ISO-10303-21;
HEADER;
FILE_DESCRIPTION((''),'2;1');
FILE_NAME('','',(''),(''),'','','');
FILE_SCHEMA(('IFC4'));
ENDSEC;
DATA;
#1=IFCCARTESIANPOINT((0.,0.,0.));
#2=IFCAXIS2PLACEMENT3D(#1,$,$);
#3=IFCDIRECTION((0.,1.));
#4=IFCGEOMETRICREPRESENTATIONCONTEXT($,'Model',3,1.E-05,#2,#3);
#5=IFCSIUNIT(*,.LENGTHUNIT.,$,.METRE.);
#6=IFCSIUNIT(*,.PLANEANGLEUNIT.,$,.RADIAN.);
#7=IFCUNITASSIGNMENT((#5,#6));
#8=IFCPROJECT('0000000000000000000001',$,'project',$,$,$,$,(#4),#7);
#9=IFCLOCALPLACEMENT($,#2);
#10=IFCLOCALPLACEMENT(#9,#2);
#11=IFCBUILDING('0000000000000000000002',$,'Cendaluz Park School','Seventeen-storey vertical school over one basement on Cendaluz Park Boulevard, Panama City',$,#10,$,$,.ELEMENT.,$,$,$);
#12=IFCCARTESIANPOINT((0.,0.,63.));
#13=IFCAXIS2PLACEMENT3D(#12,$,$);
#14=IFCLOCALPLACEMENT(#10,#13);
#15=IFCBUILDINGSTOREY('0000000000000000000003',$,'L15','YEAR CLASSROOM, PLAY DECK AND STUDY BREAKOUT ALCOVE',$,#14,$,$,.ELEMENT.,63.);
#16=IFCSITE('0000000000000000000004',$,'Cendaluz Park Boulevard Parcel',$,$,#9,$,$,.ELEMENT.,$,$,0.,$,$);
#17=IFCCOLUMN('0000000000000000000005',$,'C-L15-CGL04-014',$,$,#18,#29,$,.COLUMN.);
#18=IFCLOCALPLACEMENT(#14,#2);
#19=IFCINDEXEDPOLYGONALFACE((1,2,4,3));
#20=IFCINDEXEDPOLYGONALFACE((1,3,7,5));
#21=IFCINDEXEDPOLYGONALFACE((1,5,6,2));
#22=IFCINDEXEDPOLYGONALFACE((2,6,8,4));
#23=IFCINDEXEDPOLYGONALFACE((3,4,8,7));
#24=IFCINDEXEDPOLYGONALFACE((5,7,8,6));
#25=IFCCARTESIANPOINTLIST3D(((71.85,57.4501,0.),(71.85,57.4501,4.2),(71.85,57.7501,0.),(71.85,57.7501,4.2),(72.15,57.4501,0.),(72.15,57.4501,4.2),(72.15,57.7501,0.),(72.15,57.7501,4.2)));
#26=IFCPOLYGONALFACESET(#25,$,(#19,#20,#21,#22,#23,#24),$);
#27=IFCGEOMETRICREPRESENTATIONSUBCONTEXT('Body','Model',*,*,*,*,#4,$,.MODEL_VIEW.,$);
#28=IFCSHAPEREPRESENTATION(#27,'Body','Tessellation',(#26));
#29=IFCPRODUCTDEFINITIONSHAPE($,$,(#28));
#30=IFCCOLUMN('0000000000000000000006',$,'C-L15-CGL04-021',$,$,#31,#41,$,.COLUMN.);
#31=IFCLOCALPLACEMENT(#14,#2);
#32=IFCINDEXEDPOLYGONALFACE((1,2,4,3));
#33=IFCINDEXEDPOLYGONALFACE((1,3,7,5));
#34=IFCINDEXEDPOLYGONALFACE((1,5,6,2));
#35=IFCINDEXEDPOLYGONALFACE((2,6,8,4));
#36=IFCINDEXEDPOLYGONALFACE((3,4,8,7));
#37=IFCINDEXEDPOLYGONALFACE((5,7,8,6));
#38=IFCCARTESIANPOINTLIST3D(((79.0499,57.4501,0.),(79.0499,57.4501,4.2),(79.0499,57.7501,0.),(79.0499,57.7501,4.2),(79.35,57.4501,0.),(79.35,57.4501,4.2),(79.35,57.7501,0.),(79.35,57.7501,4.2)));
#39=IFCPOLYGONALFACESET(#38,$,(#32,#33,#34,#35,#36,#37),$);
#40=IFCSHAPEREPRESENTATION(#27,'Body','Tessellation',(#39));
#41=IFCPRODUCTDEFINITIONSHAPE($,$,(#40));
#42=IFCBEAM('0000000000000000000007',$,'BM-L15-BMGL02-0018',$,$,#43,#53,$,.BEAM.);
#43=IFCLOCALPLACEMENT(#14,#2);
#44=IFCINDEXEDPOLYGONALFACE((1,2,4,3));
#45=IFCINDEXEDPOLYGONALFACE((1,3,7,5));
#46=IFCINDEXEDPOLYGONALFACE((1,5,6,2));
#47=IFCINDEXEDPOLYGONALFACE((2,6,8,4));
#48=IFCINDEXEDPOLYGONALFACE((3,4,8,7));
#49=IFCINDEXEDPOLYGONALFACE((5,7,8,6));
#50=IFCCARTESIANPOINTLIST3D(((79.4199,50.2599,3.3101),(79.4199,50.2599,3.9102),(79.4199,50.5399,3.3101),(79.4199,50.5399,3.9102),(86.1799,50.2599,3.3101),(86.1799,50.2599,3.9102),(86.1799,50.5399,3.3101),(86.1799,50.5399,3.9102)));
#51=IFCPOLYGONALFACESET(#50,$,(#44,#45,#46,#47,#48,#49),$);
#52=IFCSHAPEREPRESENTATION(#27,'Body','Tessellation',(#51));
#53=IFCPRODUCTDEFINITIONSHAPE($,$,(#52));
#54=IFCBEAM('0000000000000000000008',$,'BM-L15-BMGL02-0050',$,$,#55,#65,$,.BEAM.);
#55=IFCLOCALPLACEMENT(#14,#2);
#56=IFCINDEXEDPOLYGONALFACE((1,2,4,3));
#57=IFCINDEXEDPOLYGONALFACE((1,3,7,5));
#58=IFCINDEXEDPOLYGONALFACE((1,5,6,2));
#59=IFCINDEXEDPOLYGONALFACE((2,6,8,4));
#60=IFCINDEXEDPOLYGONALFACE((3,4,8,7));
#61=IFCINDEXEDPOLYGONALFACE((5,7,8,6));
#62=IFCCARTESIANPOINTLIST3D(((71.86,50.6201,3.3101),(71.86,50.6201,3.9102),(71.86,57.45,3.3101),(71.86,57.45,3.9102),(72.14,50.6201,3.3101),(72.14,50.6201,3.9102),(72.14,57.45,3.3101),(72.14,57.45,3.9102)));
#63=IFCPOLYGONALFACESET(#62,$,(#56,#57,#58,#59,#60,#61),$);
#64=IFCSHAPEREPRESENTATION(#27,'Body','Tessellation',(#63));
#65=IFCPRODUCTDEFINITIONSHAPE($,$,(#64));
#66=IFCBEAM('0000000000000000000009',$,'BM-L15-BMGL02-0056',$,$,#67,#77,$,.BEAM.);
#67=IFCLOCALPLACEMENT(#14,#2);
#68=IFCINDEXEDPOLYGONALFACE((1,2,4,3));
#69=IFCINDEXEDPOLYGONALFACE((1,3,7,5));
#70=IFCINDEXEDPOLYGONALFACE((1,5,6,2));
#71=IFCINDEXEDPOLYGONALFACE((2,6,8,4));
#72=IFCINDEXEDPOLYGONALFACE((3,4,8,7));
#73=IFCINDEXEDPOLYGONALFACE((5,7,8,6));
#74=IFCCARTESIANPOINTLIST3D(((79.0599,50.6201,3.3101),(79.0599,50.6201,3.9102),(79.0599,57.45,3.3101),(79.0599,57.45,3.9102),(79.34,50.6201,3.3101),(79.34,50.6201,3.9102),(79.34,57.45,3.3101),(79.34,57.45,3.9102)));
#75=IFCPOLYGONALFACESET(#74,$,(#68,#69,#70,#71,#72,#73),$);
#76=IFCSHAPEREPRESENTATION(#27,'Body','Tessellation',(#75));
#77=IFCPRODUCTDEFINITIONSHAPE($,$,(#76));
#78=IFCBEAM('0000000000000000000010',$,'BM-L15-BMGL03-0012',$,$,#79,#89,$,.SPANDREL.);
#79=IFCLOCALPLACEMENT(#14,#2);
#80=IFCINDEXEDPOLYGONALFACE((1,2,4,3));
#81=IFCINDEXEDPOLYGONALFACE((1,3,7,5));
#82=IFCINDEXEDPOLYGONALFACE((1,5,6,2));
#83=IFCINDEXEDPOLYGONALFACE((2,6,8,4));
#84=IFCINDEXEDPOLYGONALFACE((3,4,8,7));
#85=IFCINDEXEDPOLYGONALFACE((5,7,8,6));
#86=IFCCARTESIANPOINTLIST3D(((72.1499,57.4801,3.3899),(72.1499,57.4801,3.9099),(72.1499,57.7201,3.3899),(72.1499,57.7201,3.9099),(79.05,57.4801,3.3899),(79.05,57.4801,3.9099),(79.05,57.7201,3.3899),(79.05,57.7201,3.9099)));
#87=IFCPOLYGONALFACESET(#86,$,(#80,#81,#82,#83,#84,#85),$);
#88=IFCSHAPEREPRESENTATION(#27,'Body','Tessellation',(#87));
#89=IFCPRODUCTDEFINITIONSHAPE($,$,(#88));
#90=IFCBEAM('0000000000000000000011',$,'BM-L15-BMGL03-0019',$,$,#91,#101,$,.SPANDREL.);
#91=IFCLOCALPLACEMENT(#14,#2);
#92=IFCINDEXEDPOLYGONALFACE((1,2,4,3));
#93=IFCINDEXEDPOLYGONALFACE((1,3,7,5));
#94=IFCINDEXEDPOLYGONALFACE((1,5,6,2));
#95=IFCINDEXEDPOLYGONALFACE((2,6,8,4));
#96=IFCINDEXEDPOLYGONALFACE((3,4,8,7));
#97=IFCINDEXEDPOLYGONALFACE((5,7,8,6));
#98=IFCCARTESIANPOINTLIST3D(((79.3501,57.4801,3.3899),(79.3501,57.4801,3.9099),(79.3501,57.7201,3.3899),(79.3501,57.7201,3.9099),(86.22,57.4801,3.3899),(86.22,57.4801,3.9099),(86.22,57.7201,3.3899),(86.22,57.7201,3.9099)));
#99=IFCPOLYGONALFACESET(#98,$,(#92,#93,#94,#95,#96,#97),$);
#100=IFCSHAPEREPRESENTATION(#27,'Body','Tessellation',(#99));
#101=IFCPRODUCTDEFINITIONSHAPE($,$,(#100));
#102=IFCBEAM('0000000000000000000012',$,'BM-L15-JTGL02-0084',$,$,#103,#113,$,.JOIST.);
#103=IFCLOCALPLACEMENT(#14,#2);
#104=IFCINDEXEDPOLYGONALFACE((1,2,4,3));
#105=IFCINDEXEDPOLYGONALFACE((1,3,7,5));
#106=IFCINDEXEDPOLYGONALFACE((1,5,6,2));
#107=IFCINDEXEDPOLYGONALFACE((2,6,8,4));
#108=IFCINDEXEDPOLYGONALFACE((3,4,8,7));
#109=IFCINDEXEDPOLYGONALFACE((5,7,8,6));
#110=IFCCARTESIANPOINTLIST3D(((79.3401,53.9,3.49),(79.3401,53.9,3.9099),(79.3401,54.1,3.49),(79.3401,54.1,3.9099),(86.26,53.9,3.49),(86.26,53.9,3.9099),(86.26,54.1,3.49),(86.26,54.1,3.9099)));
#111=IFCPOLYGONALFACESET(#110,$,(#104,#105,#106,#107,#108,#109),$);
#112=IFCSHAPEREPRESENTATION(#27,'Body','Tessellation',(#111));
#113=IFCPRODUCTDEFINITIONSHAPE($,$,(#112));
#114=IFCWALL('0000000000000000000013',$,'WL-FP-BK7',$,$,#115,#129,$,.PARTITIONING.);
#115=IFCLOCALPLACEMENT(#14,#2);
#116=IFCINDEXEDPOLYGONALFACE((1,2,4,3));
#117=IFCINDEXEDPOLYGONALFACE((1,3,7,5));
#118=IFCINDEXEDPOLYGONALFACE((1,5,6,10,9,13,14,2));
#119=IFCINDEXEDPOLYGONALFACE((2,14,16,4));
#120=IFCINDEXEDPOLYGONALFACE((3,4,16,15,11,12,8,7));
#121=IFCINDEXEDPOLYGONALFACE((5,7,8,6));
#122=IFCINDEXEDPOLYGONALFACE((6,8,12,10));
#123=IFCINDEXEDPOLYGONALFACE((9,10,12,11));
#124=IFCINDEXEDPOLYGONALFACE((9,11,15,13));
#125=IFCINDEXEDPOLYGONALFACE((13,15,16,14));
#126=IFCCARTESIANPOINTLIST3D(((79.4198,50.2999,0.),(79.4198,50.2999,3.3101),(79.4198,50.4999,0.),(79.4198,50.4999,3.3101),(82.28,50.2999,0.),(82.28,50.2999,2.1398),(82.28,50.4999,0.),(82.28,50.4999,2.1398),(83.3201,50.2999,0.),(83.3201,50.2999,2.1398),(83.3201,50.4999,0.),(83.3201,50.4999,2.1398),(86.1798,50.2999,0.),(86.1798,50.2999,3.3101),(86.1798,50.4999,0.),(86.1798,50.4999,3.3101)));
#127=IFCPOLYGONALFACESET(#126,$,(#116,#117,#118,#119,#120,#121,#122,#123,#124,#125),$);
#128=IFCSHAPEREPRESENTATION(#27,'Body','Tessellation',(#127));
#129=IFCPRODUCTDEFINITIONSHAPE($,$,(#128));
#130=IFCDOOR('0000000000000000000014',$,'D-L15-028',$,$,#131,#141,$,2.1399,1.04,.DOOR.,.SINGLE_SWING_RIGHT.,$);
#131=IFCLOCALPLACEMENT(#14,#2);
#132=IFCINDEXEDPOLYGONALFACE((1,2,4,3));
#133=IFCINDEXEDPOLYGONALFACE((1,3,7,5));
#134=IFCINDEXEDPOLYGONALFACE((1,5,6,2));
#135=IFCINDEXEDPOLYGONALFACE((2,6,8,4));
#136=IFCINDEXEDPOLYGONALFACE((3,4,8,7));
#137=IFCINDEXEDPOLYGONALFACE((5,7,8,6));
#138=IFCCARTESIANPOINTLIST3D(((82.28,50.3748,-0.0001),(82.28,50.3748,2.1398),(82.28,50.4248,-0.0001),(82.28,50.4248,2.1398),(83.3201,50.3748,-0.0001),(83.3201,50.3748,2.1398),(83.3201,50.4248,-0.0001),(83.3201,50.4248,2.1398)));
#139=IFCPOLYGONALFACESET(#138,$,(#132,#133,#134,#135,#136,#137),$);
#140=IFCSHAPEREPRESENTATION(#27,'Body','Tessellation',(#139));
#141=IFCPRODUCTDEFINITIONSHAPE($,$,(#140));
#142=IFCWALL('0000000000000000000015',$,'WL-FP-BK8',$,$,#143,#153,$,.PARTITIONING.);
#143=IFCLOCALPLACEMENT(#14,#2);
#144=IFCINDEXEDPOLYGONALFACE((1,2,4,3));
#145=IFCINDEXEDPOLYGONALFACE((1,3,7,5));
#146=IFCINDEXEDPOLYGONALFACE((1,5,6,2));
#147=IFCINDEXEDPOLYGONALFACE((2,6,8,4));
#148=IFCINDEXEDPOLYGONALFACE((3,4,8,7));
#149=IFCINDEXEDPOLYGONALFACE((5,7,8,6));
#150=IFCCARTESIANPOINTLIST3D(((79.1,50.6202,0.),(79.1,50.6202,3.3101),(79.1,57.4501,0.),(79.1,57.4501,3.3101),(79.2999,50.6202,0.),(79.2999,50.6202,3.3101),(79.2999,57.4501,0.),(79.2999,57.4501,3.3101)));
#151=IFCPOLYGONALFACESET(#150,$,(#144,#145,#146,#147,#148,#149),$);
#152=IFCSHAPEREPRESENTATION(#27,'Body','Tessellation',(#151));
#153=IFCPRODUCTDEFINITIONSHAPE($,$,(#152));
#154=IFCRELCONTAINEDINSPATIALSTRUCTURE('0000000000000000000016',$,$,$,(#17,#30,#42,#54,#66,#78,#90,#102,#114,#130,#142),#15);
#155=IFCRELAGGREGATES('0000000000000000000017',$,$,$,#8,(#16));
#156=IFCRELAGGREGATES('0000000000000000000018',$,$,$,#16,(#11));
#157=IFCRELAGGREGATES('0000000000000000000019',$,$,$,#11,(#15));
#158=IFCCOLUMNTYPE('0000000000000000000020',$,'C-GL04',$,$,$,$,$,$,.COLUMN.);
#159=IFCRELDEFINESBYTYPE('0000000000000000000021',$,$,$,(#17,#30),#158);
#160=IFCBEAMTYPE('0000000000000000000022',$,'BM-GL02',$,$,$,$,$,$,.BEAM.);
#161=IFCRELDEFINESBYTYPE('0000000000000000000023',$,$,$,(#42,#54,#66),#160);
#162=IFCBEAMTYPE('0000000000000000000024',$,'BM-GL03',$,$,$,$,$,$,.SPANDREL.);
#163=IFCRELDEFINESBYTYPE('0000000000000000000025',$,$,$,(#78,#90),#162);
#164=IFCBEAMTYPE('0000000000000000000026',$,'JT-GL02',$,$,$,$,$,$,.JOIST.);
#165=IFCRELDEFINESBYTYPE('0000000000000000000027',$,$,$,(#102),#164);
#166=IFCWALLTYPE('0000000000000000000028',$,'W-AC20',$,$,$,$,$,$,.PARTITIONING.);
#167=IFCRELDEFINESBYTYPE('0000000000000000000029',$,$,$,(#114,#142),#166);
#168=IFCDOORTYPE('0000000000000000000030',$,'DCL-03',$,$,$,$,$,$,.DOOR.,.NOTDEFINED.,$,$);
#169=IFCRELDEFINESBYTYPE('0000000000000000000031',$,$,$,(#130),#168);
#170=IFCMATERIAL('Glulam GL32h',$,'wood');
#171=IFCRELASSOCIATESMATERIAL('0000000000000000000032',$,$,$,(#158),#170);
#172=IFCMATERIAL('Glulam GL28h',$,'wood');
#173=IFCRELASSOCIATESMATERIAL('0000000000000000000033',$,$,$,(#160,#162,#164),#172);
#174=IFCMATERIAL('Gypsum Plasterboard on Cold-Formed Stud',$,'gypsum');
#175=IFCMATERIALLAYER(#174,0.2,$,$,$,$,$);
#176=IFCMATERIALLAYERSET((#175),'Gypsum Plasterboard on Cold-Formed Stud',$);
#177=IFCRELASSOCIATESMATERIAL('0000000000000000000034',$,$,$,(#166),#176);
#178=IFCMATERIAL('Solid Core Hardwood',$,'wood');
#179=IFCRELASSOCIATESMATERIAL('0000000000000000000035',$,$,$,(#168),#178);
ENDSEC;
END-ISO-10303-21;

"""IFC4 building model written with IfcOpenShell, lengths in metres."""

from ifc_helpers import new_model, si_unit, direction, frame, frame_2d, origin, origin_2d, place, context, subcontext, project, spatial, rectangle, extrude, material, layer, layer_set, material_profile, profile_set, type_object, element, fill, save


model = new_model("IFC4")

# Units and contexts
model_context = context("Model", 3, precision=1e-05, world=origin(), true_north=direction((0.0, 1.0)))
body_context = subcontext(model_context, "Body", "Model", "MODEL_VIEW")
ifc_project = project(units=[si_unit("LENGTHUNIT", "METRE"), si_unit("PLANEANGLEUNIT", "RADIAN")], contexts=[model_context])

# Site, building, storey
site_placement = place(None, origin())
site = spatial("IfcSite", under=ifc_project, at=site_placement, Name="Cendaluz Park Boulevard Parcel", CompositionType="ELEMENT", RefElevation=0.0)
building_placement = place(site_placement, origin())
building = spatial("IfcBuilding", under=site, at=building_placement, Name="Cendaluz Park School", Description="Seventeen-storey vertical school over one basement on Cendaluz Park Boulevard, Panama City", CompositionType="ELEMENT")
storey_placement = place(building_placement, frame((0.0, 0.0, 63.0)))
storey = spatial("IfcBuildingStorey", under=building, at=storey_placement, Name="L15", Description="YEAR CLASSROOM, PLAY DECK AND STUDY BREAKOUT ALCOVE", CompositionType="ELEMENT", Elevation=63.0)

# Columns
ifc_material_1 = material(Name="Glulam GL32h", Category="wood")
ifc_material_profile_1 = material_profile(ifc_material_1, rectangle(XDim=0.3, YDim=0.3, at=origin_2d()), Name="GL32h 300x300", Category="wood")
ifc_profile_set_1 = profile_set([ifc_material_profile_1], Name="Glulam GL32h")
column_type = type_object("IfcColumnType", Name="C-GL04", PredefinedType="COLUMN", material=ifc_profile_set_1)
for number, where, z_axis, x_axis, name in (
    (1, (72.0, 57.6001, 0.0), (0.0, 0.0, 1.0), (1.0, 0.0, 0.0), "C-L15-CGL04-014"),
    (2, (79.2, 57.6001, 0.0), (0.0, 0.0, 1.0), (1.0, 0.0, 0.0), "C-L15-CGL04-021"),
):
    element("IfcColumn", number, at=place(storey_placement, frame(where, z_axis=z_axis, x_axis=x_axis)), inside=storey, type_object=column_type, Name=name, PredefinedType="COLUMN", context=body_context, shape_type="SweptSolid", body=[
        extrude(rectangle(XDim=0.3, YDim=0.3, at=origin_2d()), origin(), (0.0, 0.0, 1.0), 4.2),
    ])

# Beams
ifc_material_2 = material(Name="Glulam GL28h", Category="wood")
ifc_material_profile_2 = material_profile(ifc_material_2, rectangle(XDim=0.28, YDim=0.6001, at=origin_2d()), Name="GL28h 280x600", Category="wood")
ifc_profile_set_2 = profile_set([ifc_material_profile_2], Name="Glulam GL28h")
beam_type_1 = type_object("IfcBeamType", Name="BM-GL02", PredefinedType="BEAM", material=ifc_profile_set_2)
beam_1_placement = place(storey_placement, frame((79.4199, 50.3999, 3.6101), z_axis=(1.0, 0.0, 0.0), x_axis=(0.0, 1.0, 0.0)))
element("IfcBeam", 3, at=beam_1_placement, inside=storey, type_object=beam_type_1, Name="BM-L15-BMGL02-0018", PredefinedType="BEAM", context=body_context, shape_type="SweptSolid", body=[
    extrude(rectangle(XDim=0.28, YDim=0.6001, at=origin_2d()), origin(), (0.0, 0.0, 1.0), 6.76),
])
for number, where, z_axis, x_axis, name in (
    (4, (72.0, 50.6201, 3.6101), (0.0, 1.0, 0.0), (-1.0, 0.0, 0.0), "BM-L15-BMGL02-0050"),
    (5, (79.2, 50.6201, 3.6101), (0.0, 1.0, 0.0), (-1.0, 0.0, 0.0), "BM-L15-BMGL02-0056"),
):
    element("IfcBeam", number, at=place(storey_placement, frame(where, z_axis=z_axis, x_axis=x_axis)), inside=storey, type_object=beam_type_1, Name=name, PredefinedType="BEAM", context=body_context, shape_type="SweptSolid", body=[
        extrude(rectangle(XDim=0.28, YDim=0.6001, at=origin_2d()), origin(), (0.0, 0.0, 1.0), 6.8298),
    ])
ifc_material_profile_3 = material_profile(ifc_material_2, rectangle(XDim=0.24, YDim=0.52, at=origin_2d()), Name="GL28h 240x520", Category="wood")
ifc_profile_set_3 = profile_set([ifc_material_profile_3], Name="Glulam GL28h")
beam_type_2 = type_object("IfcBeamType", Name="BM-GL03", PredefinedType="SPANDREL", material=ifc_profile_set_3)
beam_2_placement = place(storey_placement, frame((72.1499, 57.6001, 3.6499), z_axis=(1.0, 0.0, 0.0), x_axis=(0.0, 1.0, 0.0)))
element("IfcBeam", 6, at=beam_2_placement, inside=storey, type_object=beam_type_2, Name="BM-L15-BMGL03-0012", PredefinedType="SPANDREL", context=body_context, shape_type="SweptSolid", body=[
    extrude(rectangle(XDim=0.24, YDim=0.52, at=origin_2d()), origin(), (0.0, 0.0, 1.0), 6.9001),
])
beam_3_placement = place(storey_placement, frame((79.3501, 57.6001, 3.6499), z_axis=(1.0, 0.0, 0.0), x_axis=(0.0, 1.0, 0.0)))
element("IfcBeam", 7, at=beam_3_placement, inside=storey, type_object=beam_type_2, Name="BM-L15-BMGL03-0019", PredefinedType="SPANDREL", context=body_context, shape_type="SweptSolid", body=[
    extrude(rectangle(XDim=0.24, YDim=0.52, at=origin_2d()), origin(), (0.0, 0.0, 1.0), 6.8699),
])
ifc_material_profile_4 = material_profile(ifc_material_2, rectangle(XDim=0.2, YDim=0.4199, at=origin_2d()), Name="GL28h 200x420", Category="wood")
ifc_profile_set_4 = profile_set([ifc_material_profile_4], Name="Glulam GL28h")
beam_type_3 = type_object("IfcBeamType", Name="JT-GL02", PredefinedType="JOIST", material=ifc_profile_set_4)
beam_4_placement = place(storey_placement, frame((79.3401, 54.0, 3.7), z_axis=(1.0, 0.0, 0.0), x_axis=(0.0, 1.0, 0.0)))
element("IfcBeam", 8, at=beam_4_placement, inside=storey, type_object=beam_type_3, Name="BM-L15-JTGL02-0084", PredefinedType="JOIST", context=body_context, shape_type="SweptSolid", body=[
    extrude(rectangle(XDim=0.2, YDim=0.4199, at=origin_2d()), origin(), (0.0, 0.0, 1.0), 6.9199),
])

# Wall, opening, door
ifc_material_3 = material(Name="Gypsum Plasterboard on Cold-Formed Stud", Category="gypsum")
ifc_layer_1 = layer(ifc_material_3, 0.2)
ifc_layer_set_1 = layer_set([ifc_layer_1], Name="Gypsum Plasterboard on Cold-Formed Stud")
wall_type_1 = type_object("IfcWallType", Name="W-AC20", PredefinedType="PARTITIONING", material=ifc_layer_set_1)
wall_1_placement = place(storey_placement, frame((79.4199, 50.3999, 0.0), z_axis=(0.0, 0.0, 1.0), x_axis=(1.0, 0.0, 0.0)))
wall_1 = element("IfcWall", 9, at=wall_1_placement, inside=storey, type_object=wall_type_1, Name="WL-FP-BK7", PredefinedType="PARTITIONING", context=body_context, shape_type="SweptSolid", body=[
    extrude(rectangle(XDim=6.76, YDim=0.2, at=frame_2d((3.3799, 0.0))), origin(), (0.0, 0.0, 1.0), 3.3101),
])
opening_1_placement = place(wall_1_placement, frame((2.8601, 0.0, 0.0)))
opening_1 = element("IfcOpeningElement", 10, at=opening_1_placement, cuts=wall_1, PredefinedType="OPENING", context=body_context, shape_type="SweptSolid", body=[
    extrude(rectangle(XDim=1.04, YDim=2.1399, at=frame_2d((0.52, 1.0698))), frame((0.0, 0.1121, 0.0), z_axis=(0.0, -1.0, 0.0), x_axis=(1.0, 0.0, 0.0)), (0.0, 0.0, 1.0), 0.2239),
])
ifc_material_4 = material(Name="Solid Core Hardwood", Category="wood")
door_type_1 = type_object("IfcDoorType", Name="DCL-03", OperationType="NOTDEFINED", PredefinedType="DOOR", material=ifc_material_4)
door_1_placement = place(opening_1_placement, origin())
door_1 = element("IfcDoor", 11, at=door_1_placement, inside=storey, type_object=door_type_1, Name="D-L15-028", OperationType="SINGLE_SWING_RIGHT", OverallHeight=2.1399, OverallWidth=1.04, PredefinedType="DOOR", context=body_context, shape_type="SweptSolid", body=[
    extrude(rectangle(XDim=1.04, YDim=2.1399, at=frame_2d((0.52, 1.0698))), frame((0.0, 0.0249, 0.0), z_axis=(0.0, -1.0, 0.0), x_axis=(1.0, 0.0, 0.0)), (0.0, 0.0, 1.0), 0.05),
])
fill(opening_1, door_1)

# Wall
wall_2_placement = place(storey_placement, frame((79.2, 50.6201, 0.0), z_axis=(0.0, 0.0, 1.0), x_axis=(0.0, 1.0, 0.0)))
element("IfcWall", 12, at=wall_2_placement, inside=storey, type_object=wall_type_1, Name="WL-FP-BK8", PredefinedType="PARTITIONING", context=body_context, shape_type="SweptSolid", body=[
    extrude(rectangle(XDim=6.8298, YDim=0.2, at=frame_2d((3.415, 0.0))), origin(), (0.0, 0.0, 1.0), 3.3101),
])

save(model, "model.ifc")
